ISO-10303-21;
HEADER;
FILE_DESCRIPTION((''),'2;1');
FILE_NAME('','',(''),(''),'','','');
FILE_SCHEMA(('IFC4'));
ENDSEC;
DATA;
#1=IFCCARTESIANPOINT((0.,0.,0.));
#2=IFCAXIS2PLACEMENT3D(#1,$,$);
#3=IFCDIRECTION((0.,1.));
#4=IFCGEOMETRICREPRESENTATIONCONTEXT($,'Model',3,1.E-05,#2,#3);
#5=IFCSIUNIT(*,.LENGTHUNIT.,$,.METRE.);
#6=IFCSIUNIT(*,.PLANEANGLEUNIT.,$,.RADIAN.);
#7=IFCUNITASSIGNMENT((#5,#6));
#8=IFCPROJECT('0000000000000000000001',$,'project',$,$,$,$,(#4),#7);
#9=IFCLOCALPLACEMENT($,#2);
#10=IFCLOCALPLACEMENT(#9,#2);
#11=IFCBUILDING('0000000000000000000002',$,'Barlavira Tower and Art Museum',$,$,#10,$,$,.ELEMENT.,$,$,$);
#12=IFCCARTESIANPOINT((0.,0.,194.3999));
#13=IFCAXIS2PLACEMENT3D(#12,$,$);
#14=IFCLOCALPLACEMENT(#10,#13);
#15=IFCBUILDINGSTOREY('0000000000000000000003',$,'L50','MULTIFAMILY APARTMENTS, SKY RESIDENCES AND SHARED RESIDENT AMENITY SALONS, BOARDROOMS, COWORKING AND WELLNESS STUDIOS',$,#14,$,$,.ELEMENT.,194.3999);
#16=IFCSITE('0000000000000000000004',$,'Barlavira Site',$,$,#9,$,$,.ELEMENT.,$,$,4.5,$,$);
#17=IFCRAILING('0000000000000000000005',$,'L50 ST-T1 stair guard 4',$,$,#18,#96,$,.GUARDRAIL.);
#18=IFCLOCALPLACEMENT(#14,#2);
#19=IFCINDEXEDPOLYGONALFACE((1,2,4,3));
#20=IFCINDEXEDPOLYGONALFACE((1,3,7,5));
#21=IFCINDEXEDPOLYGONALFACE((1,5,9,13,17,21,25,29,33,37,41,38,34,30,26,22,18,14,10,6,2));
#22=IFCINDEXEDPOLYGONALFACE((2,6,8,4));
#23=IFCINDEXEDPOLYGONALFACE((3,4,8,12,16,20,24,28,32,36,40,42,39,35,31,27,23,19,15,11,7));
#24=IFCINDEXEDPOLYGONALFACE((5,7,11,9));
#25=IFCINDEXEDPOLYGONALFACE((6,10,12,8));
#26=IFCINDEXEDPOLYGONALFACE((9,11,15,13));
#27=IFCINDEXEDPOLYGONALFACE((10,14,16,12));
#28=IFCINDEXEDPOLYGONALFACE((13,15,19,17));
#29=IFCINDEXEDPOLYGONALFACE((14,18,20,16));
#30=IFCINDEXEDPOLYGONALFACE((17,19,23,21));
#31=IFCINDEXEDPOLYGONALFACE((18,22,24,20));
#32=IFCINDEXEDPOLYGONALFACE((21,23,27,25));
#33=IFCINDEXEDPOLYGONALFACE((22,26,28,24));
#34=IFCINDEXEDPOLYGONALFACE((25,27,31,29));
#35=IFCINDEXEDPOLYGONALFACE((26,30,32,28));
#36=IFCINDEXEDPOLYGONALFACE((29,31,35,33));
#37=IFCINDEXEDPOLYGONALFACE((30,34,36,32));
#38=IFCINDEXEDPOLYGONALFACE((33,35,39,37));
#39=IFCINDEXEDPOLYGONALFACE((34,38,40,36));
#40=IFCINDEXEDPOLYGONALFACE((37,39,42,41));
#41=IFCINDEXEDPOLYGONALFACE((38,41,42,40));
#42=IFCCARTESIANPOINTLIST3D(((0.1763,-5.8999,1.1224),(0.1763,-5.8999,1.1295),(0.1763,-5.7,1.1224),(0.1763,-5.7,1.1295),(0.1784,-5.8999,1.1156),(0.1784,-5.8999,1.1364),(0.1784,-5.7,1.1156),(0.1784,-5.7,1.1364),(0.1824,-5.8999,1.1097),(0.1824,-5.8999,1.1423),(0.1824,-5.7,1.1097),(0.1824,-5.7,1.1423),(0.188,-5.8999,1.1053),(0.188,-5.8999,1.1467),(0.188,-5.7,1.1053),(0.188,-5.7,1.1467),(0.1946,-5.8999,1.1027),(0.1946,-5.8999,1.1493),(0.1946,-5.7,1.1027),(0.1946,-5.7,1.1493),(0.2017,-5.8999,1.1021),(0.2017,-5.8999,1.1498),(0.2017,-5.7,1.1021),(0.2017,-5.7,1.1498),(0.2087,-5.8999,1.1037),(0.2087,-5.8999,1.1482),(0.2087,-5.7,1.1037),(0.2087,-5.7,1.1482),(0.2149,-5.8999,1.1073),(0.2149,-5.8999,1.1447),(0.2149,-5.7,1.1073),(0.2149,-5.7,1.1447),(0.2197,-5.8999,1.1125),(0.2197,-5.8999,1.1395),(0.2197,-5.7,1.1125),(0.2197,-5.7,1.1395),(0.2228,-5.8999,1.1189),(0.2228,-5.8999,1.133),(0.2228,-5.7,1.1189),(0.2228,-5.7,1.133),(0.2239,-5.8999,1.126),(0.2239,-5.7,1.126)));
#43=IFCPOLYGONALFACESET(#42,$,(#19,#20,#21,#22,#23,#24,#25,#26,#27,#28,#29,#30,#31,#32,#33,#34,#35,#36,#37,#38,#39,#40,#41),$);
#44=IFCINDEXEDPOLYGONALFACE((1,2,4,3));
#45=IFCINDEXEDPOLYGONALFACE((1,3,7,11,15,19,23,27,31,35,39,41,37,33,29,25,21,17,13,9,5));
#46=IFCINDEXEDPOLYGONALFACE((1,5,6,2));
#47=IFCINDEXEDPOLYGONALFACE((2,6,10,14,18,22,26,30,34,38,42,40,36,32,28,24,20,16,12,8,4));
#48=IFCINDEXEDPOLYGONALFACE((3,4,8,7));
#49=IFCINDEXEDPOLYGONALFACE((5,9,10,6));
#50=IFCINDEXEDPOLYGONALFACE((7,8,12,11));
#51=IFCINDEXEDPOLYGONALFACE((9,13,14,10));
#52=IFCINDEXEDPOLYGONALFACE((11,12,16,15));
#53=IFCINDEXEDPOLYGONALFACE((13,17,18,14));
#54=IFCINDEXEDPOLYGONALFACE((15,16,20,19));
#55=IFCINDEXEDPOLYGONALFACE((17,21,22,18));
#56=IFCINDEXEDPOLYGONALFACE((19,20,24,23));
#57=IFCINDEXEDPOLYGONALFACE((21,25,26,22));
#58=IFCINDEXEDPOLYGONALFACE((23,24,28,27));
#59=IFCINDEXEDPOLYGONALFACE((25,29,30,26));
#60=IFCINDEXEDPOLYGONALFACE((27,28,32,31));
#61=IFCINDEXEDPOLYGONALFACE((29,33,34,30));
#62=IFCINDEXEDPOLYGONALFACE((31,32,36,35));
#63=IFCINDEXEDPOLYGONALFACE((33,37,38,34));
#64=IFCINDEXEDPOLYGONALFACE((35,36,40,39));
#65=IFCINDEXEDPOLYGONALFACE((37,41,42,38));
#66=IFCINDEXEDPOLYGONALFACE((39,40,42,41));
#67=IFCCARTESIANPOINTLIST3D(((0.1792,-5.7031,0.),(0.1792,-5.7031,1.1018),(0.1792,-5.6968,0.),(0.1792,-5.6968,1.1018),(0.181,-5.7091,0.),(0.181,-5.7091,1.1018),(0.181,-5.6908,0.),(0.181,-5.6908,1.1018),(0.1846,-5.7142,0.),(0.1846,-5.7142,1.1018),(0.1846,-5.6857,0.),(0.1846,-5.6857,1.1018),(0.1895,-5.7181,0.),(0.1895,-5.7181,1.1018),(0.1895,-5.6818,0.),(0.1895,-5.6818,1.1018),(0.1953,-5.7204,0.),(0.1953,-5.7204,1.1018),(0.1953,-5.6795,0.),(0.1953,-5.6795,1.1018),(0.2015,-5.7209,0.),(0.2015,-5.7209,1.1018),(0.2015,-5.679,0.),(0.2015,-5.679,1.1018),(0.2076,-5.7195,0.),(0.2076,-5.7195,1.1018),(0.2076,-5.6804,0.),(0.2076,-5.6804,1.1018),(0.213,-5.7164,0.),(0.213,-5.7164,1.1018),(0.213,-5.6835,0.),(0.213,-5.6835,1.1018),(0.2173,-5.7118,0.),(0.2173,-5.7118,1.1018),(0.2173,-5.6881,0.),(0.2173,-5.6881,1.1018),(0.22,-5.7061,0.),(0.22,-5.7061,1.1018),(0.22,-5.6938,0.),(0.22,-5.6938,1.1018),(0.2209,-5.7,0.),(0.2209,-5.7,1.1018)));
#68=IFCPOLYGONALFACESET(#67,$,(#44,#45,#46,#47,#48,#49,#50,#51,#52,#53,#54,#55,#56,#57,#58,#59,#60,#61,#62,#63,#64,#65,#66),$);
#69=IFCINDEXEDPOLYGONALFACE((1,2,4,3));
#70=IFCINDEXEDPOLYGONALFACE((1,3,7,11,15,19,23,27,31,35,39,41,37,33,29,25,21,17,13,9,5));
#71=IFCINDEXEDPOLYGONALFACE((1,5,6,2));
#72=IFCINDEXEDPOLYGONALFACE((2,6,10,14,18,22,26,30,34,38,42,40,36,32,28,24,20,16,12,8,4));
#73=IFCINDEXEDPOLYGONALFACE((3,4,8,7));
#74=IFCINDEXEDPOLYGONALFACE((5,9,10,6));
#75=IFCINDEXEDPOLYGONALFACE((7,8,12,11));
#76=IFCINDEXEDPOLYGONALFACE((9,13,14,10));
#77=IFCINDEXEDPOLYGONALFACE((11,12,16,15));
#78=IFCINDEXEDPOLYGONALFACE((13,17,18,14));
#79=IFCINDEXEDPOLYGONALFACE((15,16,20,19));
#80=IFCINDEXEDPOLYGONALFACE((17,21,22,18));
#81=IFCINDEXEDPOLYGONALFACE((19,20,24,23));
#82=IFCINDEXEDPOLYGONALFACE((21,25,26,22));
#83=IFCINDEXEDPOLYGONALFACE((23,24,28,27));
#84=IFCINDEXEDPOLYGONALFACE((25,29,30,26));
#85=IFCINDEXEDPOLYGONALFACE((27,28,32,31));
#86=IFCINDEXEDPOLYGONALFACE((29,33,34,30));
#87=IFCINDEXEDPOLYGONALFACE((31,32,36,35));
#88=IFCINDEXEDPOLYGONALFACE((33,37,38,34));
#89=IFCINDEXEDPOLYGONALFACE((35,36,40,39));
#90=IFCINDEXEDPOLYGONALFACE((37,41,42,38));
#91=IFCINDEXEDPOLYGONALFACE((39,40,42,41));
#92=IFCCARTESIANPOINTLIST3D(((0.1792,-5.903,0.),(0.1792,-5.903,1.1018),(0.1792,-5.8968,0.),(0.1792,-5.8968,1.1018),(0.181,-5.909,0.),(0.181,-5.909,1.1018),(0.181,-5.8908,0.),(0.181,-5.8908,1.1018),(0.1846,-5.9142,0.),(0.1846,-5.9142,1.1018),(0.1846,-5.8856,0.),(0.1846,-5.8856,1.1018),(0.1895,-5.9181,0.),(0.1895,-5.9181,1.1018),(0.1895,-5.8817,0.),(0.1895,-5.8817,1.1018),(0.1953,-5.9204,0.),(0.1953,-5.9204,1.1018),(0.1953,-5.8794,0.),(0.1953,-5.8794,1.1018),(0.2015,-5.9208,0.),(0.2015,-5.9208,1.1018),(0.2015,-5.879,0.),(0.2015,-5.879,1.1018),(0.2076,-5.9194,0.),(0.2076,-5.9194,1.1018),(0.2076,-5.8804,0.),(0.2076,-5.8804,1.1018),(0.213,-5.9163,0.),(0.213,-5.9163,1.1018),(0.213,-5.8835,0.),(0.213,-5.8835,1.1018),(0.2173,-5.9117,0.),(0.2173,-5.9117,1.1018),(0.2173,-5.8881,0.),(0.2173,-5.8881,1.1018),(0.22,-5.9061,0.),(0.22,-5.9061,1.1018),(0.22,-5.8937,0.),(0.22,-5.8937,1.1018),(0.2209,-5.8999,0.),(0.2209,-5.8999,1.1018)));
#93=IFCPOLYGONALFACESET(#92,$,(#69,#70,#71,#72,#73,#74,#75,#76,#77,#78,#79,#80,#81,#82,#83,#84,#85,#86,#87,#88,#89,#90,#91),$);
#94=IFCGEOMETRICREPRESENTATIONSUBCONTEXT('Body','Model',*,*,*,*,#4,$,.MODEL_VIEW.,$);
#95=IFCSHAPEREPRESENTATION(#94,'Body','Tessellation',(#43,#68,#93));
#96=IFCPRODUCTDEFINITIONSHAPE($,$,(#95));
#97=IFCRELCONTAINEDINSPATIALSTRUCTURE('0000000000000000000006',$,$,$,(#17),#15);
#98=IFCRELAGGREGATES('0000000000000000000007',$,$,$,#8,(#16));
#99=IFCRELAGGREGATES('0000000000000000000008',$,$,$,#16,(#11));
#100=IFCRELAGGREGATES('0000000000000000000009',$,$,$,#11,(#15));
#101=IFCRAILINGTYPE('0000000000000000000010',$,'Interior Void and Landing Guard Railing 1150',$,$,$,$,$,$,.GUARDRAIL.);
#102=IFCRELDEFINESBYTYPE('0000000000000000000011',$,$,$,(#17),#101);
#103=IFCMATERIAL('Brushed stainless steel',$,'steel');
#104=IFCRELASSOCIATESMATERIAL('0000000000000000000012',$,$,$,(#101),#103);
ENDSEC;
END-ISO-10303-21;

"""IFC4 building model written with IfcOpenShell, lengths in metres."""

from ifc_helpers import new_model, si_unit, direction, frame, origin, origin_2d, place, context, subcontext, project, spatial, circle, extrude, material, type_object, element, save


model = new_model("IFC4")

# Units and contexts
model_context = context("Model", 3, precision=1e-05, world=origin(), true_north=direction((0.0, 1.0)))
body_context = subcontext(model_context, "Body", "Model", "MODEL_VIEW")
ifc_project = project(units=[si_unit("LENGTHUNIT", "METRE"), si_unit("PLANEANGLEUNIT", "RADIAN")], contexts=[model_context])

# Site, building, storey
site_placement = place(None, origin())
site = spatial("IfcSite", under=ifc_project, at=site_placement, Name="Barlavira Site", CompositionType="ELEMENT", RefElevation=4.5)
building_placement = place(site_placement, origin())
building = spatial("IfcBuilding", under=site, at=building_placement, Name="Barlavira Tower and Art Museum", CompositionType="ELEMENT")
storey_placement = place(building_placement, frame((0.0, 0.0, 194.3999)))
storey = spatial("IfcBuildingStorey", under=building, at=storey_placement, Name="L50", Description="MULTIFAMILY APARTMENTS, SKY RESIDENCES AND SHARED RESIDENT AMENITY SALONS, BOARDROOMS, COWORKING AND WELLNESS STUDIOS", CompositionType="ELEMENT", Elevation=194.3999)

# Shared definitions
ifc_material_1 = material(Name="Brushed stainless steel", Category="steel")

# Railing
railing_type_1 = type_object("IfcRailingType", Name="Interior Void and Landing Guard Railing 1150", PredefinedType="GUARDRAIL", material=ifc_material_1)
railing_1_placement = place(storey_placement, frame((0.2, -5.7, 0.0)))
element("IfcRailing", 1, at=railing_1_placement, inside=storey, type_object=railing_type_1, Name="L50 ST-T1 stair guard 4", PredefinedType="GUARDRAIL", context=body_context, shape_type="SweptSolid", body=[
    extrude(circle(Radius=0.0239, at=origin_2d()), frame((0.0, 0.0, 1.126), z_axis=(0.0, -1.0, 0.0), x_axis=(1.0, 0.0, 0.0)), (0.0, 0.0, 1.0), 0.2),
    extrude(circle(Radius=0.021, at=origin_2d()), origin(), (0.0, 0.0, 1.0), 1.1018),
    extrude(circle(Radius=0.021, at=origin_2d()), frame((0.0, -0.2, 0.0)), (0.0, 0.0, 1.0), 1.1018),
])

save(model, "model.ifc")
